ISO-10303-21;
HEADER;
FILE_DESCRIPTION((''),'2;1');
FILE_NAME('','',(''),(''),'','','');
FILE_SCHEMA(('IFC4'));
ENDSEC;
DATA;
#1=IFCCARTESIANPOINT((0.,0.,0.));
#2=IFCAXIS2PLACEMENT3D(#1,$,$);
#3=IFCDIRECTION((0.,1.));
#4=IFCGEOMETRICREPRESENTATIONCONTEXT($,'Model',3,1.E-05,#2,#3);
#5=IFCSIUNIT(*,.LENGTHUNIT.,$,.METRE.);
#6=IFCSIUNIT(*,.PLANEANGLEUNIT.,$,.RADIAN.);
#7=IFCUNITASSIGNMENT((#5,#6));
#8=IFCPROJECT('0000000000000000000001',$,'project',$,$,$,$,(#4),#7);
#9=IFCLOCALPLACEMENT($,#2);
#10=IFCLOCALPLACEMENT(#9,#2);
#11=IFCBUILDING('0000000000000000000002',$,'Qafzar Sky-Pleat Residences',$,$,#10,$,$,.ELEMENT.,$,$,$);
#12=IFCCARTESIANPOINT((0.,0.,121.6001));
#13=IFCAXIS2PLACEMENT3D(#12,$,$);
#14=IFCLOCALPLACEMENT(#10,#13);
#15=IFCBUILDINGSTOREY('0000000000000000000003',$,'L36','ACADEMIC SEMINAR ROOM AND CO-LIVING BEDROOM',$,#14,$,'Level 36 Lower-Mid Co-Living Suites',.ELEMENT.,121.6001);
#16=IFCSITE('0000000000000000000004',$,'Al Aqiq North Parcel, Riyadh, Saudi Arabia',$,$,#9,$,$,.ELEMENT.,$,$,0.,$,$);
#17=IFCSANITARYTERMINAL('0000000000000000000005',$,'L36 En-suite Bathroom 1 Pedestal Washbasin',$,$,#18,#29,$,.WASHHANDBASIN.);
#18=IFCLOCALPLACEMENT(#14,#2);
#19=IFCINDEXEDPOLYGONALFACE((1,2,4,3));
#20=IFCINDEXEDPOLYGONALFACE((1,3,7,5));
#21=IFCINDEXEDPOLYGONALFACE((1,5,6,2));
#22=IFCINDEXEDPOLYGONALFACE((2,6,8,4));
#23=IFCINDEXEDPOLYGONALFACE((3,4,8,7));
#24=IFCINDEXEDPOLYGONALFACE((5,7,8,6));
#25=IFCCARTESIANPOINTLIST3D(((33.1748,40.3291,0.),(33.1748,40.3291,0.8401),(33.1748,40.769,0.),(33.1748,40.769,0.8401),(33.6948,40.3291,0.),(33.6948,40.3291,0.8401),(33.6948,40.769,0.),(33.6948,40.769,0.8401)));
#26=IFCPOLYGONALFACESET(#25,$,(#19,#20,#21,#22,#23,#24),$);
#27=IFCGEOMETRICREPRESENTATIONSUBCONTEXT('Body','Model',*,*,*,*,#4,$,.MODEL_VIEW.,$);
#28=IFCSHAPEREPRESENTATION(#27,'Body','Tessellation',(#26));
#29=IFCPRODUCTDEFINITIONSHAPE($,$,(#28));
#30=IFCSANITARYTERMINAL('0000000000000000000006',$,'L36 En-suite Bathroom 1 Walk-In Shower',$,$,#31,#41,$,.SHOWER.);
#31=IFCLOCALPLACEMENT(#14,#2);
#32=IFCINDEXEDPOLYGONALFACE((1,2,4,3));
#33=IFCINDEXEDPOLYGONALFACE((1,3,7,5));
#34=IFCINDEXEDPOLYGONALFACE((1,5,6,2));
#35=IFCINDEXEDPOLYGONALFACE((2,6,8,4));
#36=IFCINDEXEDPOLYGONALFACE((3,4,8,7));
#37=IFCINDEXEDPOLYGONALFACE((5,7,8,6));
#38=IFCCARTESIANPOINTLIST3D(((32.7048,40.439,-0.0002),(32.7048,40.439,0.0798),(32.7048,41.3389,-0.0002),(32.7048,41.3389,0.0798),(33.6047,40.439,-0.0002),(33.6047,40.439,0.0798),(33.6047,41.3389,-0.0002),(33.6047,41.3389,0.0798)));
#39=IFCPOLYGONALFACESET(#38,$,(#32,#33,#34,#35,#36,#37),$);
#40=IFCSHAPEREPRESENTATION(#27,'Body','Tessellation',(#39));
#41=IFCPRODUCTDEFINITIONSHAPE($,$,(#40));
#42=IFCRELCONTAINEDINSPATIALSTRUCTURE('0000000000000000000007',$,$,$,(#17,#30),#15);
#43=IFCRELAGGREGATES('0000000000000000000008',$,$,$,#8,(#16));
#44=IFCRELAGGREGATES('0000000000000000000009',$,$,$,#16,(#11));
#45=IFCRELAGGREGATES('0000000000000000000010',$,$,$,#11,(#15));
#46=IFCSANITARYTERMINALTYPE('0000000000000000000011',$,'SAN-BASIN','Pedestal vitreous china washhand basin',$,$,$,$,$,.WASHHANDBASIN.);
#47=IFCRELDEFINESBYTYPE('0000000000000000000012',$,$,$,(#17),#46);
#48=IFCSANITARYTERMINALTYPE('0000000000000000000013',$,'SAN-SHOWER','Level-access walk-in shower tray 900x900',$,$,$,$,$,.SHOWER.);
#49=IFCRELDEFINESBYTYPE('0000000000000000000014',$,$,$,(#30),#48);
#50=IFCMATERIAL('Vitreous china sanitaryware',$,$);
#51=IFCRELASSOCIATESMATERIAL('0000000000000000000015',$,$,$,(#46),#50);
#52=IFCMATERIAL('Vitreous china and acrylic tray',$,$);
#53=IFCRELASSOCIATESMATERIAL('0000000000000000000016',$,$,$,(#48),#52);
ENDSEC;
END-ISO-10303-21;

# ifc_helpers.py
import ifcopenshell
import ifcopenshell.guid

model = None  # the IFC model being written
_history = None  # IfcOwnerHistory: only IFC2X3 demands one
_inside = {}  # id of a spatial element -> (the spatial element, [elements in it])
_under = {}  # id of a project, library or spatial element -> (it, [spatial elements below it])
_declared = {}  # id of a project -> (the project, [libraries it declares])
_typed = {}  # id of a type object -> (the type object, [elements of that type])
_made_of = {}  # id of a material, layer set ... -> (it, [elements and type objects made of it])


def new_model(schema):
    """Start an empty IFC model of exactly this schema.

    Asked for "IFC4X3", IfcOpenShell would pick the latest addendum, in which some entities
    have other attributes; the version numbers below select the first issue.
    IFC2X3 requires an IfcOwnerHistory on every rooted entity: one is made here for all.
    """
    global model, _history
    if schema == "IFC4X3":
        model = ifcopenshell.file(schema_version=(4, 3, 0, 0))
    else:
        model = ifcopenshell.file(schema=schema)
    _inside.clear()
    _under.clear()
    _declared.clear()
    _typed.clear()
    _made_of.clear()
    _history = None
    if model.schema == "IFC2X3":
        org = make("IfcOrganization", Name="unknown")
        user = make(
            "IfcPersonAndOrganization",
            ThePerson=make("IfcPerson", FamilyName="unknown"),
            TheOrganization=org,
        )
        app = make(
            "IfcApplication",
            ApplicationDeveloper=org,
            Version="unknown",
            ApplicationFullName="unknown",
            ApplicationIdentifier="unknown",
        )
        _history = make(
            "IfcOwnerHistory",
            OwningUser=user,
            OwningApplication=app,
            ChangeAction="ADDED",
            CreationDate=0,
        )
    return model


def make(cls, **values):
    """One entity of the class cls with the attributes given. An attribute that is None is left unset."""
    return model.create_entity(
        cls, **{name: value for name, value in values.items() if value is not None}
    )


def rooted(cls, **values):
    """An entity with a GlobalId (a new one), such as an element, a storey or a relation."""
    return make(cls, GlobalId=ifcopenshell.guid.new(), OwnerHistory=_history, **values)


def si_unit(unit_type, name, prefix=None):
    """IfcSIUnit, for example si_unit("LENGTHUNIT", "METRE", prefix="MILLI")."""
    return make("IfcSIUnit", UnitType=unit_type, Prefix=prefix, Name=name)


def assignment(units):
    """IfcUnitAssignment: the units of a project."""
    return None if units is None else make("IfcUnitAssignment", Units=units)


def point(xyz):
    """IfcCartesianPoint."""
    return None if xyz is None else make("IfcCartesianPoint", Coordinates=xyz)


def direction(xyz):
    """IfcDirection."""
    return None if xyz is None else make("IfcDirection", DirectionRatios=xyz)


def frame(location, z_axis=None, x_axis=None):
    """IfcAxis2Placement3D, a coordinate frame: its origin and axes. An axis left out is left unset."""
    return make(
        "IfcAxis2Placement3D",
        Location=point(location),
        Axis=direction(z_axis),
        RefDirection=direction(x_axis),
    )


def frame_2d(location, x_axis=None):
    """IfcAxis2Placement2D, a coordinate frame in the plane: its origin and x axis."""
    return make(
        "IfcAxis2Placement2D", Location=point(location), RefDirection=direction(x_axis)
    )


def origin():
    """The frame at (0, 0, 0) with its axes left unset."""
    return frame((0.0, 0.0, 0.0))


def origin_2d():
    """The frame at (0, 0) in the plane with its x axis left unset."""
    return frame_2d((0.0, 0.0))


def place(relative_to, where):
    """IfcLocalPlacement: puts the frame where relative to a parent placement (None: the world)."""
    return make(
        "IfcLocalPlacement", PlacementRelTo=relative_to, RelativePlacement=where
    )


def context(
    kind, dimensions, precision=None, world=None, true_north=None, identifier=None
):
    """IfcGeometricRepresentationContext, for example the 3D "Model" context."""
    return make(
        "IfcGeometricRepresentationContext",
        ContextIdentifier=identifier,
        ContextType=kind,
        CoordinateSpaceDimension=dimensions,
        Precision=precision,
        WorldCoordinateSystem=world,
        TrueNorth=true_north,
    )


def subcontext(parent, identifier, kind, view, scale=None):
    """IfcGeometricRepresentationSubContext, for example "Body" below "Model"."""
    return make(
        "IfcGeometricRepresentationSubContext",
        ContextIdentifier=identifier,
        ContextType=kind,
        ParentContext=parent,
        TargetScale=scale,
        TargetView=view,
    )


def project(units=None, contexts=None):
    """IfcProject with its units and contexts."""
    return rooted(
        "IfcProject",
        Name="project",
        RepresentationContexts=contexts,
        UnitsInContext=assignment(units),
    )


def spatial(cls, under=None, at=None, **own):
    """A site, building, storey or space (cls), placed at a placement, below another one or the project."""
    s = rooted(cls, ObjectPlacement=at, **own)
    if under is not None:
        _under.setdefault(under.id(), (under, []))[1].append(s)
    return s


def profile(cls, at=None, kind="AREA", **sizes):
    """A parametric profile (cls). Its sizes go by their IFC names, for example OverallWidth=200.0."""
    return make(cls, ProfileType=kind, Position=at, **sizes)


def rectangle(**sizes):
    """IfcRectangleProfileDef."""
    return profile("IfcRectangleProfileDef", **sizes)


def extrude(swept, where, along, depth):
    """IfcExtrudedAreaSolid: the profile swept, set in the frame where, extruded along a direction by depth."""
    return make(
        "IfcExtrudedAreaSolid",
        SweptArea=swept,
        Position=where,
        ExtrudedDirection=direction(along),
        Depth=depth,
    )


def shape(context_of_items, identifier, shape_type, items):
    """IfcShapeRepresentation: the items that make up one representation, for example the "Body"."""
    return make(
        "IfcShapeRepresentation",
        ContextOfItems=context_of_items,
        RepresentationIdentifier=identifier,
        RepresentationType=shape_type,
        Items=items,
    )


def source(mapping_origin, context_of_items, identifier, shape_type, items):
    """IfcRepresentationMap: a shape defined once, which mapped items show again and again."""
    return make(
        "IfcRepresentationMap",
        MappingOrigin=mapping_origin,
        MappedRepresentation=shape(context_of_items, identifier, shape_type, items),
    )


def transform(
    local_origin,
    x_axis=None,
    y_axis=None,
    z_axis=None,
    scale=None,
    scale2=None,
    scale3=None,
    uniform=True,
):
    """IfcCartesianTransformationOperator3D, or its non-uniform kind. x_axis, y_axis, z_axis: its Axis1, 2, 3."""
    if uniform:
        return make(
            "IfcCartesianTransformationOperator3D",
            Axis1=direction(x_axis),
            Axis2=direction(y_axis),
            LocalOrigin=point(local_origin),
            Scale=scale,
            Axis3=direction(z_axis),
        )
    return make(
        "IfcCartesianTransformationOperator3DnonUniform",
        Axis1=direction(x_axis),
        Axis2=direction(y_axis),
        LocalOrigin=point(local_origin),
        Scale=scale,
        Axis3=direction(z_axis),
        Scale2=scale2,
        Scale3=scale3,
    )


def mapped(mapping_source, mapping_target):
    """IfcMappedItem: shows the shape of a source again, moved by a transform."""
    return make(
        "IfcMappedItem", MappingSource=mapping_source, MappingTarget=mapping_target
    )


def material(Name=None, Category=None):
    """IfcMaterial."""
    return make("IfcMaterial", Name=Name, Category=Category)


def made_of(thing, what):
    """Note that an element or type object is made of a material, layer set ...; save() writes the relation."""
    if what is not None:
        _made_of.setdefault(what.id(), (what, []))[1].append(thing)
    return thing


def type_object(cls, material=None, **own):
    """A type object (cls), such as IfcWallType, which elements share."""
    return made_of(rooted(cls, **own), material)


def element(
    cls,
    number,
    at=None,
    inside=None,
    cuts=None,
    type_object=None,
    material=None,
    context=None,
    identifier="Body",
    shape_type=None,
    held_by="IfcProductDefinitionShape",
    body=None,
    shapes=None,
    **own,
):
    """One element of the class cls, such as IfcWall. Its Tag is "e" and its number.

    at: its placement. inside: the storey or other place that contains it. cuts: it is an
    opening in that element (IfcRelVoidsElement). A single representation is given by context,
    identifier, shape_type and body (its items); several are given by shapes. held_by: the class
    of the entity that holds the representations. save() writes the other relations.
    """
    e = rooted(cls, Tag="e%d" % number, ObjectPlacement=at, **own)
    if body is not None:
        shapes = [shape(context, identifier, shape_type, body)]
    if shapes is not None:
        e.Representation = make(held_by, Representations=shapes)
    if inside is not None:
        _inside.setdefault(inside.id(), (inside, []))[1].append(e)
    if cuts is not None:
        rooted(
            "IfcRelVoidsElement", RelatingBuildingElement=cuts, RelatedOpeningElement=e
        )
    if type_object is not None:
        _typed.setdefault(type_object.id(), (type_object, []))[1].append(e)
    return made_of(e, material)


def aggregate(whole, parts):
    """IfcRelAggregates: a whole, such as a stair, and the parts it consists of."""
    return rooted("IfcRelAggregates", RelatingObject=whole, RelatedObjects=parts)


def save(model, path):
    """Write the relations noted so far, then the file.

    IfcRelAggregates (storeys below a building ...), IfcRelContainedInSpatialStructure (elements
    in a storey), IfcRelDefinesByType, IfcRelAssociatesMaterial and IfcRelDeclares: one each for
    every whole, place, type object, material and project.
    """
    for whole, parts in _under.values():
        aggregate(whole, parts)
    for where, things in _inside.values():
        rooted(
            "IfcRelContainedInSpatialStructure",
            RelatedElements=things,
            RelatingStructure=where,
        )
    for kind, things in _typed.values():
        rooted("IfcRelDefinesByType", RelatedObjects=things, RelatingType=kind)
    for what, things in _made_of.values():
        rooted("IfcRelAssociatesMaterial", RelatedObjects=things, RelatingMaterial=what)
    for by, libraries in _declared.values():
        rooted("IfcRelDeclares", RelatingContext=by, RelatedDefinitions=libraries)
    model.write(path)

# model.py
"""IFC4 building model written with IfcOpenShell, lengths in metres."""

from ifc_helpers import new_model, si_unit, direction, frame, origin, origin_2d, place, context, subcontext, project, spatial, rectangle, extrude, source, transform, mapped, material, type_object, element, save


model = new_model("IFC4")

# Units and contexts
model_context = context("Model", 3, precision=1e-05, world=origin(), true_north=direction((0.0, 1.0)))
body_context = subcontext(model_context, "Body", "Model", "MODEL_VIEW")
ifc_project = project(units=[si_unit("LENGTHUNIT", "METRE"), si_unit("PLANEANGLEUNIT", "RADIAN")], contexts=[model_context])

# Site, building, storey
site_placement = place(None, origin())
site = spatial("IfcSite", under=ifc_project, at=site_placement, Name="Al Aqiq North Parcel, Riyadh, Saudi Arabia", CompositionType="ELEMENT", RefElevation=0.0)
building_placement = place(site_placement, origin())
building = spatial("IfcBuilding", under=site, at=building_placement, Name="Qafzar Sky-Pleat Residences", CompositionType="ELEMENT")
storey_placement = place(building_placement, frame((0.0, 0.0, 121.6001)))
storey = spatial("IfcBuildingStorey", under=building, at=storey_placement, Name="L36", Description="ACADEMIC SEMINAR ROOM AND CO-LIVING BEDROOM", LongName="Level 36 Lower-Mid Co-Living Suites", CompositionType="ELEMENT", Elevation=121.6001)

# Sanitary terminals
ifc_material_1 = material(Name="Vitreous china sanitaryware")
sanitary_terminal_type_1 = type_object("IfcSanitaryTerminalType", Name="SAN-BASIN", Description="Pedestal vitreous china washhand basin", PredefinedType="WASHHANDBASIN", material=ifc_material_1)
shared_shape_1 = source(origin(), body_context, "Body", "SweptSolid", [
    extrude(rectangle(XDim=0.52, YDim=0.4399, at=origin_2d()), origin(), (0.0, 0.0, 1.0), 0.8401),
])
sanitary_terminal_1_placement = place(storey_placement, frame((33.4348, 40.5491, 0.0), z_axis=(0.0, 0.0, 1.0), x_axis=(1.0, 0.0, 0.0)))
element("IfcSanitaryTerminal", 1, at=sanitary_terminal_1_placement, inside=storey, type_object=sanitary_terminal_type_1, Name="L36 En-suite Bathroom 1 Pedestal Washbasin", PredefinedType="WASHHANDBASIN", context=body_context, shape_type="MappedRepresentation", body=[
    mapped(shared_shape_1, transform((0.0, 0.0, 0.0), x_axis=(1.0, 0.0, 0.0), y_axis=(0.0, 1.0, 0.0), z_axis=(0.0, 0.0, 1.0), scale=1.0)),
])
ifc_material_2 = material(Name="Vitreous china and acrylic tray")
sanitary_terminal_type_2 = type_object("IfcSanitaryTerminalType", Name="SAN-SHOWER", Description="Level-access walk-in shower tray 900x900", PredefinedType="SHOWER", material=ifc_material_2)
shared_shape_2 = source(origin(), body_context, "Body", "SweptSolid", [
    extrude(rectangle(XDim=0.8999, YDim=0.8999, at=origin_2d()), origin(), (0.0, 0.0, 1.0), 0.0801),
])
sanitary_terminal_2_placement = place(storey_placement, frame((33.1548, 40.8889, -0.0002), z_axis=(0.0, 0.0, 1.0), x_axis=(1.0, 0.0, 0.0)))
element("IfcSanitaryTerminal", 2, at=sanitary_terminal_2_placement, inside=storey, type_object=sanitary_terminal_type_2, Name="L36 En-suite Bathroom 1 Walk-In Shower", PredefinedType="SHOWER", context=body_context, shape_type="MappedRepresentation", body=[
    mapped(shared_shape_2, transform((0.0, 0.0, 0.0), x_axis=(1.0, 0.0, 0.0), y_axis=(0.0, 1.0, 0.0), z_axis=(0.0, 0.0, 1.0), scale=1.0)),
])

save(model, "model.ifc")
